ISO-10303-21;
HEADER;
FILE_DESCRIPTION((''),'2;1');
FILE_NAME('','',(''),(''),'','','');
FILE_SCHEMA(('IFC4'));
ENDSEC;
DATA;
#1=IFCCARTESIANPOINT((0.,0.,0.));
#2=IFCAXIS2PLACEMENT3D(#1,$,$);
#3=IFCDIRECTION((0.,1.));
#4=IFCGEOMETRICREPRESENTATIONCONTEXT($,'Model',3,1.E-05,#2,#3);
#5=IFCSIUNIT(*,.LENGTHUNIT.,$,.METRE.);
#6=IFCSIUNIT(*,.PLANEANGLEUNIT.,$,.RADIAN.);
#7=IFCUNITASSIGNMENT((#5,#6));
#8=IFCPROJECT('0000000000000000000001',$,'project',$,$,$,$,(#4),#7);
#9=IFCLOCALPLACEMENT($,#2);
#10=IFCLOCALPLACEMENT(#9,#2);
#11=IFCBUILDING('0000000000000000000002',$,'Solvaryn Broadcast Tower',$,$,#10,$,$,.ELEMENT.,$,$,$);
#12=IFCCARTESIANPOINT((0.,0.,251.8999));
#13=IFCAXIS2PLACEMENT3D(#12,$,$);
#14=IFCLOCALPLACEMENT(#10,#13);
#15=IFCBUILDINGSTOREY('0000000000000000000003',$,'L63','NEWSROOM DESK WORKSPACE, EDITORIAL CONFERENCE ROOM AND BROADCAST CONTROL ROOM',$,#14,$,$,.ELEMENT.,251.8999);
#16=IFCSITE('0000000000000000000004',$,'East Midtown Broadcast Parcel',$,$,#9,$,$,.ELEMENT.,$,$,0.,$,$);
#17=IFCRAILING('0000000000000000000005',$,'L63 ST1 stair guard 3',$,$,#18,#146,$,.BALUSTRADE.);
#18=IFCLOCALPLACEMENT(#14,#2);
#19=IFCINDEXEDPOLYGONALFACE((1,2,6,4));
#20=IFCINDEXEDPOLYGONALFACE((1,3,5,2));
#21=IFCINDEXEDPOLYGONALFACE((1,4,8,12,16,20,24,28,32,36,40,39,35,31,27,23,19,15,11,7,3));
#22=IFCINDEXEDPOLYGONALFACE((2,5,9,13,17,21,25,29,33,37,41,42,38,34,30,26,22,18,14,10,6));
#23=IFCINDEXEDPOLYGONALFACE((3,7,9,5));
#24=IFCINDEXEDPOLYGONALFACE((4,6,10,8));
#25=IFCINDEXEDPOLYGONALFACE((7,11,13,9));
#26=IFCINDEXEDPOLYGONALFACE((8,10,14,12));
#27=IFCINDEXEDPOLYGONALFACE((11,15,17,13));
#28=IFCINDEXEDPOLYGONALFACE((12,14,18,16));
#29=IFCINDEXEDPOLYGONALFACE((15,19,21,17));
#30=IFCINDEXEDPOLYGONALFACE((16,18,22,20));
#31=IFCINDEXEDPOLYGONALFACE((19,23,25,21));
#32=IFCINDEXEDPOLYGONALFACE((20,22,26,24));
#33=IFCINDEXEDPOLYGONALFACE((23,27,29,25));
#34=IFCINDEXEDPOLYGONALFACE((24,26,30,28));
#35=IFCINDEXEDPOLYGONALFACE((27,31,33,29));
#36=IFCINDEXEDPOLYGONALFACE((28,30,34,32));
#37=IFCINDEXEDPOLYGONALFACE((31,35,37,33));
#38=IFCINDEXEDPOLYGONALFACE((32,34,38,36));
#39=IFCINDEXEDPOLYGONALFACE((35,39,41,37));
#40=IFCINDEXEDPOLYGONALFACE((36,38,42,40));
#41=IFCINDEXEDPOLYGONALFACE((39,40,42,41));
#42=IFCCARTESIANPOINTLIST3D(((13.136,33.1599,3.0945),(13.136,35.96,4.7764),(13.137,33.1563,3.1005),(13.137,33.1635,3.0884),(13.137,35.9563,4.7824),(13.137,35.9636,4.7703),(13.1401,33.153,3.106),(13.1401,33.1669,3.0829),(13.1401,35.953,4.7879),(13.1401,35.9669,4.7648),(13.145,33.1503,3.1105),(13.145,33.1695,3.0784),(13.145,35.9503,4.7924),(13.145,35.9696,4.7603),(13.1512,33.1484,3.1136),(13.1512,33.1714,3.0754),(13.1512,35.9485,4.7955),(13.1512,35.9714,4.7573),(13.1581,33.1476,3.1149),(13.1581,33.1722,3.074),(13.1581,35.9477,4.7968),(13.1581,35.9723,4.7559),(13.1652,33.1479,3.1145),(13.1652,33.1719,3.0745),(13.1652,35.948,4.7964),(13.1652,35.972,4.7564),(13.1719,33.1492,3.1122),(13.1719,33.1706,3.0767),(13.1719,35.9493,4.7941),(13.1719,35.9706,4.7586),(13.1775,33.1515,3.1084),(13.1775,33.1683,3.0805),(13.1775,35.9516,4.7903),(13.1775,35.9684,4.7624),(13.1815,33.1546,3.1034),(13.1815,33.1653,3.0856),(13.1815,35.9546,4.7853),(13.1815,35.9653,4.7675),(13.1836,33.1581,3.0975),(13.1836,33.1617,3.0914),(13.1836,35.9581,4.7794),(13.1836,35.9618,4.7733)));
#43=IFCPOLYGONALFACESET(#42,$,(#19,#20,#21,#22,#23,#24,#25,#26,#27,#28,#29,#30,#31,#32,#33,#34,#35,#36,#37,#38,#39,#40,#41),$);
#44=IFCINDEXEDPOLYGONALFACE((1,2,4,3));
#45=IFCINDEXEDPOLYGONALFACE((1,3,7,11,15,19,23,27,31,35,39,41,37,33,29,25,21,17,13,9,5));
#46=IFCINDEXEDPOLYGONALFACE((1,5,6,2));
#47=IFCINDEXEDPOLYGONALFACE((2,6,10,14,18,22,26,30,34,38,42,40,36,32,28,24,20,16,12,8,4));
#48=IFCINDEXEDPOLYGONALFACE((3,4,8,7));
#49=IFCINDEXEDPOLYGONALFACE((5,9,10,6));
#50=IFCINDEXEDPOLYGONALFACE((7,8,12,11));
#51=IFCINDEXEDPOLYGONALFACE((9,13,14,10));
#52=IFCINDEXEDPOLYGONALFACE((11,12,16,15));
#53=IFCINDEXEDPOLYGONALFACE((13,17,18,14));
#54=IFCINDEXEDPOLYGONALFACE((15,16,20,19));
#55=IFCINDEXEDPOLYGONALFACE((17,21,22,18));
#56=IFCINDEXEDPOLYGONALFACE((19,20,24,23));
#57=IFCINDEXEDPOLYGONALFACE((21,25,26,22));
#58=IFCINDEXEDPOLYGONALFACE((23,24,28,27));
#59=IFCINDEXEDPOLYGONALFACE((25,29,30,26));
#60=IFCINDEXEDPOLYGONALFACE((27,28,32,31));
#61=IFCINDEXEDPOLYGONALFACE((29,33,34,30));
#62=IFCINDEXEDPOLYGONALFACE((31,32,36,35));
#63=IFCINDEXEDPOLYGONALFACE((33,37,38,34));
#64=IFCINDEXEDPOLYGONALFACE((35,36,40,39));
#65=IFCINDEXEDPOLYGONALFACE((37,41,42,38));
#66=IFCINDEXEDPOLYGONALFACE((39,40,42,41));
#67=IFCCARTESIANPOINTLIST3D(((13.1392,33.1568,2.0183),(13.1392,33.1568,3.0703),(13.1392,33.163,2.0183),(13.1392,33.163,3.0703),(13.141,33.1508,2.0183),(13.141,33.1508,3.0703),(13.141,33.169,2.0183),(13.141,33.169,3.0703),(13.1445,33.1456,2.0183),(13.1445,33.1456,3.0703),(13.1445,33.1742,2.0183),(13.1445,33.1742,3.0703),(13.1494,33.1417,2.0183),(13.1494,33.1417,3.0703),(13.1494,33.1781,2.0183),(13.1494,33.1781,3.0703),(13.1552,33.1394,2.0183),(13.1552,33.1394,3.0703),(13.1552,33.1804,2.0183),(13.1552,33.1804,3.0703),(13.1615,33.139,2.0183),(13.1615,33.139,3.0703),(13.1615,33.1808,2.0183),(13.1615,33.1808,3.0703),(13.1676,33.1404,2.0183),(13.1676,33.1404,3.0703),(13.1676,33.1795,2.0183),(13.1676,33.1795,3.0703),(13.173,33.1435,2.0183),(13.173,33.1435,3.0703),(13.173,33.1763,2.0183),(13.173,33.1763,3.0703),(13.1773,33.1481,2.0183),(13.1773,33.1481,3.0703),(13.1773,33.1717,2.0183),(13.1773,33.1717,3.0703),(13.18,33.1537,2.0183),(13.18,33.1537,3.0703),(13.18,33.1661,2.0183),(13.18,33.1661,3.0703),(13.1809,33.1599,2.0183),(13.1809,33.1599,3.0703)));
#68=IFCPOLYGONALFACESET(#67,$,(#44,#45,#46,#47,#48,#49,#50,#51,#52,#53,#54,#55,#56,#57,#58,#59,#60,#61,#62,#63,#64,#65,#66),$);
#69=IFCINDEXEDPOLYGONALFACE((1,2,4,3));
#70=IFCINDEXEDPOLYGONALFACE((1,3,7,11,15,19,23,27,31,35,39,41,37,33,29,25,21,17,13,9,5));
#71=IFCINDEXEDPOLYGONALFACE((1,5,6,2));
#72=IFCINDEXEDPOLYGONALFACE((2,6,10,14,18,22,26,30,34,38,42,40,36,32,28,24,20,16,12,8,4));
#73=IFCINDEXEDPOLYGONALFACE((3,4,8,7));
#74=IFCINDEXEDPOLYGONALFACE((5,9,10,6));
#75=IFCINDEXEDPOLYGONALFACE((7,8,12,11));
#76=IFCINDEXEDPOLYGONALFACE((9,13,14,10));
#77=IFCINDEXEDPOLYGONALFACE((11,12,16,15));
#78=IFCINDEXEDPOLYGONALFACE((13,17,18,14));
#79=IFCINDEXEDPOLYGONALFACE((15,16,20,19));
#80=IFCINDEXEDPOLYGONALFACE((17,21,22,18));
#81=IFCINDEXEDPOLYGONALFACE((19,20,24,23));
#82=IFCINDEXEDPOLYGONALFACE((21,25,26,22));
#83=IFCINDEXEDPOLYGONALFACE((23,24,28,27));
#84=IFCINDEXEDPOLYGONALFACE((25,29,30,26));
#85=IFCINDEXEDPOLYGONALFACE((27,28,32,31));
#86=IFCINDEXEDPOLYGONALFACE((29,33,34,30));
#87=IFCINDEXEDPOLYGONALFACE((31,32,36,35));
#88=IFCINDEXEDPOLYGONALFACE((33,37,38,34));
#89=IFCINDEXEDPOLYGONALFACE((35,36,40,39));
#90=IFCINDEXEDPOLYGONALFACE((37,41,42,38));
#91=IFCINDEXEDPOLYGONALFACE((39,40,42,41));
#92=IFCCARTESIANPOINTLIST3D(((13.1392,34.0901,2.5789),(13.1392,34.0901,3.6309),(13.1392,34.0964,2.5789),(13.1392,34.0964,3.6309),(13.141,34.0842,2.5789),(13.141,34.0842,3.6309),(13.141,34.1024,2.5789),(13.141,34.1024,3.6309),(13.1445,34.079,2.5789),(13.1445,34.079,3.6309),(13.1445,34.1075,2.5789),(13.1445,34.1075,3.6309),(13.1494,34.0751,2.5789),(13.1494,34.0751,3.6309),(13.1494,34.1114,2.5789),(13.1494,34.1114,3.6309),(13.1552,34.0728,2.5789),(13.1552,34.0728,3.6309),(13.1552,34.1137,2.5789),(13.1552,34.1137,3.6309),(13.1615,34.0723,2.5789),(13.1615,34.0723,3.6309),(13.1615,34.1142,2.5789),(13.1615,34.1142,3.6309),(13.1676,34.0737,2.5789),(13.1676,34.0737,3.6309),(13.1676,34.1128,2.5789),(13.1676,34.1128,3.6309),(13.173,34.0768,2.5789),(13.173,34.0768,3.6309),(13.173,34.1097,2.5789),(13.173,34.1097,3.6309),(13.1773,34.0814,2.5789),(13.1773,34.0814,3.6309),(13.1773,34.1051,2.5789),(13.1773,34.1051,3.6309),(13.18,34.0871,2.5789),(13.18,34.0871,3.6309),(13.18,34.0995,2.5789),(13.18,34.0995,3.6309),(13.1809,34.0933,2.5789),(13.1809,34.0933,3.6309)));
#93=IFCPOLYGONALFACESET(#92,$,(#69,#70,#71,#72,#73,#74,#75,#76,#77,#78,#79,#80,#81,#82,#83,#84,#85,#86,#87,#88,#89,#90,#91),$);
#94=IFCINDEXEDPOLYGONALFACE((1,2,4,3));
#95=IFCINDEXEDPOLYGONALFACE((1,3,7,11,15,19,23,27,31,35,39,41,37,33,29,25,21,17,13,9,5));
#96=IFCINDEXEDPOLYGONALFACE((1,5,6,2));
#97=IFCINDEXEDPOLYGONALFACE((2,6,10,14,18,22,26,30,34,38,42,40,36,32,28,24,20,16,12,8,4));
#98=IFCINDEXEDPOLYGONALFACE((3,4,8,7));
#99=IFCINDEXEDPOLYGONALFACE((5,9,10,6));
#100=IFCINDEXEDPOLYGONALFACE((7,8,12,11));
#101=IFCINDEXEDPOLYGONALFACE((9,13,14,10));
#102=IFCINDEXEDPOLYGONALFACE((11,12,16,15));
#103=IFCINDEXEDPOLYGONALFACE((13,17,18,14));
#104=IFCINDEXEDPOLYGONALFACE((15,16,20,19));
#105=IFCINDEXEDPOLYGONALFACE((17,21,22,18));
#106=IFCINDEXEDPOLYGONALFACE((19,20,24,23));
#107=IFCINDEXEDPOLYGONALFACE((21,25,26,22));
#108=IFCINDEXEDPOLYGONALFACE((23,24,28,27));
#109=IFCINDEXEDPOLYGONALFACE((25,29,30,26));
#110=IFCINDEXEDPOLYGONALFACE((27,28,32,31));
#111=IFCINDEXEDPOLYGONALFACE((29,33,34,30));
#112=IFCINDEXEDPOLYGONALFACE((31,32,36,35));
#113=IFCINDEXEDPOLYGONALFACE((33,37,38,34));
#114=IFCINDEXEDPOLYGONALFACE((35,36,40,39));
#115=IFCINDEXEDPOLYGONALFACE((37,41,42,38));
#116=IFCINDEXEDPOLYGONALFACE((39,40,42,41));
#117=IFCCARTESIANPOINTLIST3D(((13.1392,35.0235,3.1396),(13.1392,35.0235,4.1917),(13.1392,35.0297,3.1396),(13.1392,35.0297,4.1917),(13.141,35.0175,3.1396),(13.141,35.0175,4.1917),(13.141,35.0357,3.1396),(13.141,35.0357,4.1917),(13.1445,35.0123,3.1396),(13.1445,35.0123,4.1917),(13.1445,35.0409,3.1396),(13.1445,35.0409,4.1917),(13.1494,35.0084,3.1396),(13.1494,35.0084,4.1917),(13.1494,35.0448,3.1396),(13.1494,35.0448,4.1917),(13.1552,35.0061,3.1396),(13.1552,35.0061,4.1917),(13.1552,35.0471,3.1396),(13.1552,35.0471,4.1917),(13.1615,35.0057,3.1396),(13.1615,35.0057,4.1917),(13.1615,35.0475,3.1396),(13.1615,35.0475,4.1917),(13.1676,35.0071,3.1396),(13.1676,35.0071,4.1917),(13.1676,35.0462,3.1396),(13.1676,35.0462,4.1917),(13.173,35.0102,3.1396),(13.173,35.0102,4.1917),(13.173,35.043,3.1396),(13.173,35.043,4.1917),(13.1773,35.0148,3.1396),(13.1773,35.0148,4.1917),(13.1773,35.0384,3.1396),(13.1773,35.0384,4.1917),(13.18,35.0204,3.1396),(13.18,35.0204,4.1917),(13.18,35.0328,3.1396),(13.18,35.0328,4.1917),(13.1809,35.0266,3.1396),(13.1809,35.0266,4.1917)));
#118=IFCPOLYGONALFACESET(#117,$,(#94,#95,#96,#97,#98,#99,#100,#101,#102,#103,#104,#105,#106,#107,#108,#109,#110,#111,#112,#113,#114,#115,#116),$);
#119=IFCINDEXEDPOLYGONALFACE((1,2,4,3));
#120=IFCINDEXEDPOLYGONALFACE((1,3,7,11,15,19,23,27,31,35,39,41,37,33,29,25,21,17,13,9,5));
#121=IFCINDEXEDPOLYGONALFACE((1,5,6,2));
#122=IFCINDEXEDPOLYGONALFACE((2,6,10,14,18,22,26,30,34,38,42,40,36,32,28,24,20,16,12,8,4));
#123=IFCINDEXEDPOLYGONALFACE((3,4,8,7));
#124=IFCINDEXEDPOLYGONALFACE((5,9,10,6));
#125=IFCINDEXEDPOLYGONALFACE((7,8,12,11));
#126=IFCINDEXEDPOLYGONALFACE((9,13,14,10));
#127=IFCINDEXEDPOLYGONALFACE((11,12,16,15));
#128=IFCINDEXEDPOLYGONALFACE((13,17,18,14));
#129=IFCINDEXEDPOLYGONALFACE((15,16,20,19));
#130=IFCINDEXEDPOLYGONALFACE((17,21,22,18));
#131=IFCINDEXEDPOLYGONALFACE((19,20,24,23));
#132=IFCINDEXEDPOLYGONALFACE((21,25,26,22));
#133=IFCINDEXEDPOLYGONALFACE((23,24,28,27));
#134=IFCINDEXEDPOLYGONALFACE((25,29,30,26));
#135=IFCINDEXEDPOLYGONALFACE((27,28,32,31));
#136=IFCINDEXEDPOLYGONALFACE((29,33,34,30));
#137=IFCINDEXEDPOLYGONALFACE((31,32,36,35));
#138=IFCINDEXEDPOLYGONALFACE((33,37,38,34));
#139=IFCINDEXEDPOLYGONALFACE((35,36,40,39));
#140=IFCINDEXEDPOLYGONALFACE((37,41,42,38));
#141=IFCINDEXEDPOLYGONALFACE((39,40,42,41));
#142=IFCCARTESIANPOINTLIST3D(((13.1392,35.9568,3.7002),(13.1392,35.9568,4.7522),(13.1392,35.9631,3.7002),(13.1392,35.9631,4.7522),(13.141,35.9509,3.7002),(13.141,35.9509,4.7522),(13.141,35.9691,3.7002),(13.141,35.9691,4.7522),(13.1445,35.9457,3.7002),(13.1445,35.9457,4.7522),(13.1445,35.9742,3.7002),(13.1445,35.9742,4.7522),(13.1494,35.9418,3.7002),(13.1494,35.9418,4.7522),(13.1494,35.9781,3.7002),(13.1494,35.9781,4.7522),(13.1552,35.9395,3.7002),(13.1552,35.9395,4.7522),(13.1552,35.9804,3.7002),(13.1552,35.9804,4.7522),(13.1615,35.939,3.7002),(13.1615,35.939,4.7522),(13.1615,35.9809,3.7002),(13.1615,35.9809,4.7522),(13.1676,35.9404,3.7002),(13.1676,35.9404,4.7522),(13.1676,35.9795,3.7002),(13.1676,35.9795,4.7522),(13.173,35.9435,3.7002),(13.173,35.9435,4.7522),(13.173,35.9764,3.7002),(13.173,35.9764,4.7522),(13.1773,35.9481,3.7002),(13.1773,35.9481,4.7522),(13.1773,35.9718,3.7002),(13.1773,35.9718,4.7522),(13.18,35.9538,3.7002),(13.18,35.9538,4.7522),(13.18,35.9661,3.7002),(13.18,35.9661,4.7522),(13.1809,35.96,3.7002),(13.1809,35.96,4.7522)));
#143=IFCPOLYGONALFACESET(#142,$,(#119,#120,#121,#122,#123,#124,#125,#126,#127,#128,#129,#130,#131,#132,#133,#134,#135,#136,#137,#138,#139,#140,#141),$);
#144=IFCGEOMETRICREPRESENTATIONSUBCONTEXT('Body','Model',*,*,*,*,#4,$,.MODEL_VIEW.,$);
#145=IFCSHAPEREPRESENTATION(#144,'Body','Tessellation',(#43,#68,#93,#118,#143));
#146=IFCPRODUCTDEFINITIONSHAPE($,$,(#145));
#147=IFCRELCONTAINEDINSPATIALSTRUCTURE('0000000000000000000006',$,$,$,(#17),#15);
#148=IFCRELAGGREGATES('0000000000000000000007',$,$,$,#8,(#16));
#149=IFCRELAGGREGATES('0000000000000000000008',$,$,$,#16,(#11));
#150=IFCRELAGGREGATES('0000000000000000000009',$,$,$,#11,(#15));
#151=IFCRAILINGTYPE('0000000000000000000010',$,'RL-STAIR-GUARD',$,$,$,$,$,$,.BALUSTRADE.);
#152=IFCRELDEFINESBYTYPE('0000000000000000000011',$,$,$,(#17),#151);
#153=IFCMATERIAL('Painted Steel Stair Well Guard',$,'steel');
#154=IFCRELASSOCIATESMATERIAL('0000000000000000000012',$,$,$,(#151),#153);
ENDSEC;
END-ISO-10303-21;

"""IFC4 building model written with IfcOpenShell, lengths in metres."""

from ifc_helpers import new_model, si_unit, direction, frame, origin, origin_2d, place, context, subcontext, project, spatial, circle, extrude, material, type_object, element, save


model = new_model("IFC4")

# Units and contexts
model_context = context("Model", 3, precision=1e-05, world=origin(), true_north=direction((0.0, 1.0)))
body_context = subcontext(model_context, "Body", "Model", "MODEL_VIEW")
ifc_project = project(units=[si_unit("LENGTHUNIT", "METRE"), si_unit("PLANEANGLEUNIT", "RADIAN")], contexts=[model_context])

# Site, building, storey
site_placement = place(None, origin())
site = spatial("IfcSite", under=ifc_project, at=site_placement, Name="East Midtown Broadcast Parcel", CompositionType="ELEMENT", RefElevation=0.0)
building_placement = place(site_placement, origin())
building = spatial("IfcBuilding", under=site, at=building_placement, Name="Solvaryn Broadcast Tower", CompositionType="ELEMENT")
storey_placement = place(building_placement, frame((0.0, 0.0, 251.8999)))
storey = spatial("IfcBuildingStorey", under=building, at=storey_placement, Name="L63", Description="NEWSROOM DESK WORKSPACE, EDITORIAL CONFERENCE ROOM AND BROADCAST CONTROL ROOM", CompositionType="ELEMENT", Elevation=251.8999)

# Railing
ifc_material_1 = material(Name="Painted Steel Stair Well Guard", Category="steel")
railing_type_1 = type_object("IfcRailingType", Name="RL-STAIR-GUARD", PredefinedType="BALUSTRADE", material=ifc_material_1)
railing_1_placement = place(storey_placement, frame((13.1599, 33.1599, 2.0183)))
element("IfcRailing", 1, at=railing_1_placement, inside=storey, type_object=railing_type_1, Name="L63 ST1 stair guard 3", PredefinedType="BALUSTRADE", context=body_context, shape_type="SweptSolid", body=[
    extrude(circle(Radius=0.0239, at=origin_2d()), frame((0.0, 0.0, 1.0762), z_axis=(0.0, 0.857242, 0.514913), x_axis=(-1.0, 0.0, 0.0)), (0.0, 0.0, 1.0), 3.2664),
    extrude(circle(Radius=0.021, at=origin_2d()), origin(), (0.0, 0.0, 1.0), 1.052),
    extrude(circle(Radius=0.021, at=origin_2d()), frame((0.0, 0.9333, 0.5605)), (0.0, 0.0, 1.0), 1.052),
    extrude(circle(Radius=0.021, at=origin_2d()), frame((0.0, 1.8667, 1.1213)), (0.0, 0.0, 1.0), 1.052),
    extrude(circle(Radius=0.021, at=origin_2d()), frame((0.0, 2.8, 1.6819)), (0.0, 0.0, 1.0), 1.052),
])

save(model, "model.ifc")
